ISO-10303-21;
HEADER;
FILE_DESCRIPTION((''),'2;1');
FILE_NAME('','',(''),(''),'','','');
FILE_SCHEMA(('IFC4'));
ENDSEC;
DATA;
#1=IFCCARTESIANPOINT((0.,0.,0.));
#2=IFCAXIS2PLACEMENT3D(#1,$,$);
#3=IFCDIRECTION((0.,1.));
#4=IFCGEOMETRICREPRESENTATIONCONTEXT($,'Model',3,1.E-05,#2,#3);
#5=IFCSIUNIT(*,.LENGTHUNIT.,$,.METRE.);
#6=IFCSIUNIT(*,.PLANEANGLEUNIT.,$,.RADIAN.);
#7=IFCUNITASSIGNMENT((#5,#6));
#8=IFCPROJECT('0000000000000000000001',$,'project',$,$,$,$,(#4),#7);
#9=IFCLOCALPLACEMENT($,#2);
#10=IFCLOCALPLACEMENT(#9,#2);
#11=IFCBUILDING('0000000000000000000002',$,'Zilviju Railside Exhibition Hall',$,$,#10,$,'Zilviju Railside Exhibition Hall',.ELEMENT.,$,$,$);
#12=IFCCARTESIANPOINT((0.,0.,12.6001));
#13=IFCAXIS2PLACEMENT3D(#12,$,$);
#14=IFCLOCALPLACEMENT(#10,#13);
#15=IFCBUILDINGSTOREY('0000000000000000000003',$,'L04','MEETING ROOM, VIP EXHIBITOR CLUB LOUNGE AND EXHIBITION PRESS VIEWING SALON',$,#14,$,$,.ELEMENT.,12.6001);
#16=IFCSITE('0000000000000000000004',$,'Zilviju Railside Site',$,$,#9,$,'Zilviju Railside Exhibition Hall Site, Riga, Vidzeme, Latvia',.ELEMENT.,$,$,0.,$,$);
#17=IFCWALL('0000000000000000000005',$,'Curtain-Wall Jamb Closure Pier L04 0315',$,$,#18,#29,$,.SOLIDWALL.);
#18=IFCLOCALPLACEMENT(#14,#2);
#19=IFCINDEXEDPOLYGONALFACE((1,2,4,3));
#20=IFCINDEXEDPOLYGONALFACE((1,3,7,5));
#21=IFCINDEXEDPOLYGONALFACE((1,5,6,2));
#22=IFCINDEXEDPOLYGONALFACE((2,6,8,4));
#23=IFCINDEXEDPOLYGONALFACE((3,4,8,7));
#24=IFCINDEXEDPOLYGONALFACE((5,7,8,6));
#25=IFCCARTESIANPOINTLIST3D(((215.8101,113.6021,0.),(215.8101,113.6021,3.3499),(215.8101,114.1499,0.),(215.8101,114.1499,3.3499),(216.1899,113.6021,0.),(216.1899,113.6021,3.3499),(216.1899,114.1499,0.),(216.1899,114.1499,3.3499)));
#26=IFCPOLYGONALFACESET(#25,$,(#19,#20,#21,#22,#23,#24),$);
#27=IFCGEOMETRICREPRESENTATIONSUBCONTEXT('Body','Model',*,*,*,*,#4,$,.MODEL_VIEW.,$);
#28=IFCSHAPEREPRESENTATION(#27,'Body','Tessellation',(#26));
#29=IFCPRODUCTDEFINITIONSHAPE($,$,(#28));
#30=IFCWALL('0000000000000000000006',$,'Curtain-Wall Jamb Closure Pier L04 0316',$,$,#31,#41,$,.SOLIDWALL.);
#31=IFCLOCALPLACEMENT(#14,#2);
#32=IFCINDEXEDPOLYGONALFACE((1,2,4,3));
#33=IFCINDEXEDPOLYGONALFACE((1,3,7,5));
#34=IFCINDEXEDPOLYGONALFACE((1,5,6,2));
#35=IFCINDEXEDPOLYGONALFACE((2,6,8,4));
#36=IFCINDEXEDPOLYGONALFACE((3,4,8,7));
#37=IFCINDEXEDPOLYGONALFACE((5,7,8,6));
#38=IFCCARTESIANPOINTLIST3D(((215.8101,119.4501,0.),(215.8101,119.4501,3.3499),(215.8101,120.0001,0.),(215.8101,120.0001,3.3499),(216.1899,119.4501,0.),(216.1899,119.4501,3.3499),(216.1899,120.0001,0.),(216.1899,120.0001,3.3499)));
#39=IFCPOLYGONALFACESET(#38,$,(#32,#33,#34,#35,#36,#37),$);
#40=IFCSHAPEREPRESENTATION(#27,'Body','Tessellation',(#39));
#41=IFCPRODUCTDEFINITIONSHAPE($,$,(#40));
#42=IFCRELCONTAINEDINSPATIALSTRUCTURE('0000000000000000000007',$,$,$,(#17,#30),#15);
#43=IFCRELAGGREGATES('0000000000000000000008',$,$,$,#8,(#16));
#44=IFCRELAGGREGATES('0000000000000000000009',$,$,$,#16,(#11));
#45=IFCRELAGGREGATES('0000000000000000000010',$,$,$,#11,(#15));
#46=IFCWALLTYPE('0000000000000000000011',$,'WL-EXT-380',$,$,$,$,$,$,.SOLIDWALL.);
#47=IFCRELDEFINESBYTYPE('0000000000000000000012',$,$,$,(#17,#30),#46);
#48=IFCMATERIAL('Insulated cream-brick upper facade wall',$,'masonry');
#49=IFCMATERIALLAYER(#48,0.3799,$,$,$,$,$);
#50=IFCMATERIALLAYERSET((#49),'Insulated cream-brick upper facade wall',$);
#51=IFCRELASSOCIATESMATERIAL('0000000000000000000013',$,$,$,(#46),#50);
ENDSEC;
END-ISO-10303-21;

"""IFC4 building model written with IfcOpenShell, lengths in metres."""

from ifc_helpers import new_model, si_unit, direction, frame, frame_2d, origin, place, context, subcontext, project, spatial, rectangle, extrude, material, layer, layer_set, type_object, element, save


model = new_model("IFC4")

# Units and contexts
model_context = context("Model", 3, precision=1e-05, world=origin(), true_north=direction((0.0, 1.0)))
body_context = subcontext(model_context, "Body", "Model", "MODEL_VIEW")
ifc_project = project(units=[si_unit("LENGTHUNIT", "METRE"), si_unit("PLANEANGLEUNIT", "RADIAN")], contexts=[model_context])

# Site, building, storey
site_placement = place(None, origin())
site = spatial("IfcSite", under=ifc_project, at=site_placement, Name="Zilviju Railside Site", LongName="Zilviju Railside Exhibition Hall Site, Riga, Vidzeme, Latvia", CompositionType="ELEMENT", RefElevation=0.0)
building_placement = place(site_placement, origin())
building = spatial("IfcBuilding", under=site, at=building_placement, Name="Zilviju Railside Exhibition Hall", LongName="Zilviju Railside Exhibition Hall", CompositionType="ELEMENT")
storey_placement = place(building_placement, frame((0.0, 0.0, 12.6001)))
storey = spatial("IfcBuildingStorey", under=building, at=storey_placement, Name="L04", Description="MEETING ROOM, VIP EXHIBITOR CLUB LOUNGE AND EXHIBITION PRESS VIEWING SALON", CompositionType="ELEMENT", Elevation=12.6001)

# Walls
ifc_material_1 = material(Name="Insulated cream-brick upper facade wall", Category="masonry")
ifc_layer_1 = layer(ifc_material_1, 0.3799)
ifc_layer_set_1 = layer_set([ifc_layer_1], Name="Insulated cream-brick upper facade wall")
wall_type_1 = type_object("IfcWallType", Name="WL-EXT-380", PredefinedType="SOLIDWALL", material=ifc_layer_set_1)
wall_1_placement = place(storey_placement, frame((216.0, 114.1499, 0.0), z_axis=(0.0, 0.0, 1.0), x_axis=(0.0, -1.0, 0.0)))
element("IfcWall", 1, at=wall_1_placement, inside=storey, type_object=wall_type_1, Name="Curtain-Wall Jamb Closure Pier L04 0315", PredefinedType="SOLIDWALL", context=body_context, shape_type="SweptSolid", body=[
    extrude(rectangle(XDim=0.5479, YDim=0.3799, at=frame_2d((0.2739, 0.0))), origin(), (0.0, 0.0, 1.0), 3.3499),
])
wall_2_placement = place(storey_placement, frame((216.0, 120.0, 0.0), z_axis=(0.0, 0.0, 1.0), x_axis=(0.0, -1.0, 0.0)))
element("IfcWall", 2, at=wall_2_placement, inside=storey, type_object=wall_type_1, Name="Curtain-Wall Jamb Closure Pier L04 0316", PredefinedType="SOLIDWALL", context=body_context, shape_type="SweptSolid", body=[
    extrude(rectangle(XDim=0.55, YDim=0.3799, at=frame_2d((0.2749, 0.0))), origin(), (0.0, 0.0, 1.0), 3.3499),
])

save(model, "model.ifc")
